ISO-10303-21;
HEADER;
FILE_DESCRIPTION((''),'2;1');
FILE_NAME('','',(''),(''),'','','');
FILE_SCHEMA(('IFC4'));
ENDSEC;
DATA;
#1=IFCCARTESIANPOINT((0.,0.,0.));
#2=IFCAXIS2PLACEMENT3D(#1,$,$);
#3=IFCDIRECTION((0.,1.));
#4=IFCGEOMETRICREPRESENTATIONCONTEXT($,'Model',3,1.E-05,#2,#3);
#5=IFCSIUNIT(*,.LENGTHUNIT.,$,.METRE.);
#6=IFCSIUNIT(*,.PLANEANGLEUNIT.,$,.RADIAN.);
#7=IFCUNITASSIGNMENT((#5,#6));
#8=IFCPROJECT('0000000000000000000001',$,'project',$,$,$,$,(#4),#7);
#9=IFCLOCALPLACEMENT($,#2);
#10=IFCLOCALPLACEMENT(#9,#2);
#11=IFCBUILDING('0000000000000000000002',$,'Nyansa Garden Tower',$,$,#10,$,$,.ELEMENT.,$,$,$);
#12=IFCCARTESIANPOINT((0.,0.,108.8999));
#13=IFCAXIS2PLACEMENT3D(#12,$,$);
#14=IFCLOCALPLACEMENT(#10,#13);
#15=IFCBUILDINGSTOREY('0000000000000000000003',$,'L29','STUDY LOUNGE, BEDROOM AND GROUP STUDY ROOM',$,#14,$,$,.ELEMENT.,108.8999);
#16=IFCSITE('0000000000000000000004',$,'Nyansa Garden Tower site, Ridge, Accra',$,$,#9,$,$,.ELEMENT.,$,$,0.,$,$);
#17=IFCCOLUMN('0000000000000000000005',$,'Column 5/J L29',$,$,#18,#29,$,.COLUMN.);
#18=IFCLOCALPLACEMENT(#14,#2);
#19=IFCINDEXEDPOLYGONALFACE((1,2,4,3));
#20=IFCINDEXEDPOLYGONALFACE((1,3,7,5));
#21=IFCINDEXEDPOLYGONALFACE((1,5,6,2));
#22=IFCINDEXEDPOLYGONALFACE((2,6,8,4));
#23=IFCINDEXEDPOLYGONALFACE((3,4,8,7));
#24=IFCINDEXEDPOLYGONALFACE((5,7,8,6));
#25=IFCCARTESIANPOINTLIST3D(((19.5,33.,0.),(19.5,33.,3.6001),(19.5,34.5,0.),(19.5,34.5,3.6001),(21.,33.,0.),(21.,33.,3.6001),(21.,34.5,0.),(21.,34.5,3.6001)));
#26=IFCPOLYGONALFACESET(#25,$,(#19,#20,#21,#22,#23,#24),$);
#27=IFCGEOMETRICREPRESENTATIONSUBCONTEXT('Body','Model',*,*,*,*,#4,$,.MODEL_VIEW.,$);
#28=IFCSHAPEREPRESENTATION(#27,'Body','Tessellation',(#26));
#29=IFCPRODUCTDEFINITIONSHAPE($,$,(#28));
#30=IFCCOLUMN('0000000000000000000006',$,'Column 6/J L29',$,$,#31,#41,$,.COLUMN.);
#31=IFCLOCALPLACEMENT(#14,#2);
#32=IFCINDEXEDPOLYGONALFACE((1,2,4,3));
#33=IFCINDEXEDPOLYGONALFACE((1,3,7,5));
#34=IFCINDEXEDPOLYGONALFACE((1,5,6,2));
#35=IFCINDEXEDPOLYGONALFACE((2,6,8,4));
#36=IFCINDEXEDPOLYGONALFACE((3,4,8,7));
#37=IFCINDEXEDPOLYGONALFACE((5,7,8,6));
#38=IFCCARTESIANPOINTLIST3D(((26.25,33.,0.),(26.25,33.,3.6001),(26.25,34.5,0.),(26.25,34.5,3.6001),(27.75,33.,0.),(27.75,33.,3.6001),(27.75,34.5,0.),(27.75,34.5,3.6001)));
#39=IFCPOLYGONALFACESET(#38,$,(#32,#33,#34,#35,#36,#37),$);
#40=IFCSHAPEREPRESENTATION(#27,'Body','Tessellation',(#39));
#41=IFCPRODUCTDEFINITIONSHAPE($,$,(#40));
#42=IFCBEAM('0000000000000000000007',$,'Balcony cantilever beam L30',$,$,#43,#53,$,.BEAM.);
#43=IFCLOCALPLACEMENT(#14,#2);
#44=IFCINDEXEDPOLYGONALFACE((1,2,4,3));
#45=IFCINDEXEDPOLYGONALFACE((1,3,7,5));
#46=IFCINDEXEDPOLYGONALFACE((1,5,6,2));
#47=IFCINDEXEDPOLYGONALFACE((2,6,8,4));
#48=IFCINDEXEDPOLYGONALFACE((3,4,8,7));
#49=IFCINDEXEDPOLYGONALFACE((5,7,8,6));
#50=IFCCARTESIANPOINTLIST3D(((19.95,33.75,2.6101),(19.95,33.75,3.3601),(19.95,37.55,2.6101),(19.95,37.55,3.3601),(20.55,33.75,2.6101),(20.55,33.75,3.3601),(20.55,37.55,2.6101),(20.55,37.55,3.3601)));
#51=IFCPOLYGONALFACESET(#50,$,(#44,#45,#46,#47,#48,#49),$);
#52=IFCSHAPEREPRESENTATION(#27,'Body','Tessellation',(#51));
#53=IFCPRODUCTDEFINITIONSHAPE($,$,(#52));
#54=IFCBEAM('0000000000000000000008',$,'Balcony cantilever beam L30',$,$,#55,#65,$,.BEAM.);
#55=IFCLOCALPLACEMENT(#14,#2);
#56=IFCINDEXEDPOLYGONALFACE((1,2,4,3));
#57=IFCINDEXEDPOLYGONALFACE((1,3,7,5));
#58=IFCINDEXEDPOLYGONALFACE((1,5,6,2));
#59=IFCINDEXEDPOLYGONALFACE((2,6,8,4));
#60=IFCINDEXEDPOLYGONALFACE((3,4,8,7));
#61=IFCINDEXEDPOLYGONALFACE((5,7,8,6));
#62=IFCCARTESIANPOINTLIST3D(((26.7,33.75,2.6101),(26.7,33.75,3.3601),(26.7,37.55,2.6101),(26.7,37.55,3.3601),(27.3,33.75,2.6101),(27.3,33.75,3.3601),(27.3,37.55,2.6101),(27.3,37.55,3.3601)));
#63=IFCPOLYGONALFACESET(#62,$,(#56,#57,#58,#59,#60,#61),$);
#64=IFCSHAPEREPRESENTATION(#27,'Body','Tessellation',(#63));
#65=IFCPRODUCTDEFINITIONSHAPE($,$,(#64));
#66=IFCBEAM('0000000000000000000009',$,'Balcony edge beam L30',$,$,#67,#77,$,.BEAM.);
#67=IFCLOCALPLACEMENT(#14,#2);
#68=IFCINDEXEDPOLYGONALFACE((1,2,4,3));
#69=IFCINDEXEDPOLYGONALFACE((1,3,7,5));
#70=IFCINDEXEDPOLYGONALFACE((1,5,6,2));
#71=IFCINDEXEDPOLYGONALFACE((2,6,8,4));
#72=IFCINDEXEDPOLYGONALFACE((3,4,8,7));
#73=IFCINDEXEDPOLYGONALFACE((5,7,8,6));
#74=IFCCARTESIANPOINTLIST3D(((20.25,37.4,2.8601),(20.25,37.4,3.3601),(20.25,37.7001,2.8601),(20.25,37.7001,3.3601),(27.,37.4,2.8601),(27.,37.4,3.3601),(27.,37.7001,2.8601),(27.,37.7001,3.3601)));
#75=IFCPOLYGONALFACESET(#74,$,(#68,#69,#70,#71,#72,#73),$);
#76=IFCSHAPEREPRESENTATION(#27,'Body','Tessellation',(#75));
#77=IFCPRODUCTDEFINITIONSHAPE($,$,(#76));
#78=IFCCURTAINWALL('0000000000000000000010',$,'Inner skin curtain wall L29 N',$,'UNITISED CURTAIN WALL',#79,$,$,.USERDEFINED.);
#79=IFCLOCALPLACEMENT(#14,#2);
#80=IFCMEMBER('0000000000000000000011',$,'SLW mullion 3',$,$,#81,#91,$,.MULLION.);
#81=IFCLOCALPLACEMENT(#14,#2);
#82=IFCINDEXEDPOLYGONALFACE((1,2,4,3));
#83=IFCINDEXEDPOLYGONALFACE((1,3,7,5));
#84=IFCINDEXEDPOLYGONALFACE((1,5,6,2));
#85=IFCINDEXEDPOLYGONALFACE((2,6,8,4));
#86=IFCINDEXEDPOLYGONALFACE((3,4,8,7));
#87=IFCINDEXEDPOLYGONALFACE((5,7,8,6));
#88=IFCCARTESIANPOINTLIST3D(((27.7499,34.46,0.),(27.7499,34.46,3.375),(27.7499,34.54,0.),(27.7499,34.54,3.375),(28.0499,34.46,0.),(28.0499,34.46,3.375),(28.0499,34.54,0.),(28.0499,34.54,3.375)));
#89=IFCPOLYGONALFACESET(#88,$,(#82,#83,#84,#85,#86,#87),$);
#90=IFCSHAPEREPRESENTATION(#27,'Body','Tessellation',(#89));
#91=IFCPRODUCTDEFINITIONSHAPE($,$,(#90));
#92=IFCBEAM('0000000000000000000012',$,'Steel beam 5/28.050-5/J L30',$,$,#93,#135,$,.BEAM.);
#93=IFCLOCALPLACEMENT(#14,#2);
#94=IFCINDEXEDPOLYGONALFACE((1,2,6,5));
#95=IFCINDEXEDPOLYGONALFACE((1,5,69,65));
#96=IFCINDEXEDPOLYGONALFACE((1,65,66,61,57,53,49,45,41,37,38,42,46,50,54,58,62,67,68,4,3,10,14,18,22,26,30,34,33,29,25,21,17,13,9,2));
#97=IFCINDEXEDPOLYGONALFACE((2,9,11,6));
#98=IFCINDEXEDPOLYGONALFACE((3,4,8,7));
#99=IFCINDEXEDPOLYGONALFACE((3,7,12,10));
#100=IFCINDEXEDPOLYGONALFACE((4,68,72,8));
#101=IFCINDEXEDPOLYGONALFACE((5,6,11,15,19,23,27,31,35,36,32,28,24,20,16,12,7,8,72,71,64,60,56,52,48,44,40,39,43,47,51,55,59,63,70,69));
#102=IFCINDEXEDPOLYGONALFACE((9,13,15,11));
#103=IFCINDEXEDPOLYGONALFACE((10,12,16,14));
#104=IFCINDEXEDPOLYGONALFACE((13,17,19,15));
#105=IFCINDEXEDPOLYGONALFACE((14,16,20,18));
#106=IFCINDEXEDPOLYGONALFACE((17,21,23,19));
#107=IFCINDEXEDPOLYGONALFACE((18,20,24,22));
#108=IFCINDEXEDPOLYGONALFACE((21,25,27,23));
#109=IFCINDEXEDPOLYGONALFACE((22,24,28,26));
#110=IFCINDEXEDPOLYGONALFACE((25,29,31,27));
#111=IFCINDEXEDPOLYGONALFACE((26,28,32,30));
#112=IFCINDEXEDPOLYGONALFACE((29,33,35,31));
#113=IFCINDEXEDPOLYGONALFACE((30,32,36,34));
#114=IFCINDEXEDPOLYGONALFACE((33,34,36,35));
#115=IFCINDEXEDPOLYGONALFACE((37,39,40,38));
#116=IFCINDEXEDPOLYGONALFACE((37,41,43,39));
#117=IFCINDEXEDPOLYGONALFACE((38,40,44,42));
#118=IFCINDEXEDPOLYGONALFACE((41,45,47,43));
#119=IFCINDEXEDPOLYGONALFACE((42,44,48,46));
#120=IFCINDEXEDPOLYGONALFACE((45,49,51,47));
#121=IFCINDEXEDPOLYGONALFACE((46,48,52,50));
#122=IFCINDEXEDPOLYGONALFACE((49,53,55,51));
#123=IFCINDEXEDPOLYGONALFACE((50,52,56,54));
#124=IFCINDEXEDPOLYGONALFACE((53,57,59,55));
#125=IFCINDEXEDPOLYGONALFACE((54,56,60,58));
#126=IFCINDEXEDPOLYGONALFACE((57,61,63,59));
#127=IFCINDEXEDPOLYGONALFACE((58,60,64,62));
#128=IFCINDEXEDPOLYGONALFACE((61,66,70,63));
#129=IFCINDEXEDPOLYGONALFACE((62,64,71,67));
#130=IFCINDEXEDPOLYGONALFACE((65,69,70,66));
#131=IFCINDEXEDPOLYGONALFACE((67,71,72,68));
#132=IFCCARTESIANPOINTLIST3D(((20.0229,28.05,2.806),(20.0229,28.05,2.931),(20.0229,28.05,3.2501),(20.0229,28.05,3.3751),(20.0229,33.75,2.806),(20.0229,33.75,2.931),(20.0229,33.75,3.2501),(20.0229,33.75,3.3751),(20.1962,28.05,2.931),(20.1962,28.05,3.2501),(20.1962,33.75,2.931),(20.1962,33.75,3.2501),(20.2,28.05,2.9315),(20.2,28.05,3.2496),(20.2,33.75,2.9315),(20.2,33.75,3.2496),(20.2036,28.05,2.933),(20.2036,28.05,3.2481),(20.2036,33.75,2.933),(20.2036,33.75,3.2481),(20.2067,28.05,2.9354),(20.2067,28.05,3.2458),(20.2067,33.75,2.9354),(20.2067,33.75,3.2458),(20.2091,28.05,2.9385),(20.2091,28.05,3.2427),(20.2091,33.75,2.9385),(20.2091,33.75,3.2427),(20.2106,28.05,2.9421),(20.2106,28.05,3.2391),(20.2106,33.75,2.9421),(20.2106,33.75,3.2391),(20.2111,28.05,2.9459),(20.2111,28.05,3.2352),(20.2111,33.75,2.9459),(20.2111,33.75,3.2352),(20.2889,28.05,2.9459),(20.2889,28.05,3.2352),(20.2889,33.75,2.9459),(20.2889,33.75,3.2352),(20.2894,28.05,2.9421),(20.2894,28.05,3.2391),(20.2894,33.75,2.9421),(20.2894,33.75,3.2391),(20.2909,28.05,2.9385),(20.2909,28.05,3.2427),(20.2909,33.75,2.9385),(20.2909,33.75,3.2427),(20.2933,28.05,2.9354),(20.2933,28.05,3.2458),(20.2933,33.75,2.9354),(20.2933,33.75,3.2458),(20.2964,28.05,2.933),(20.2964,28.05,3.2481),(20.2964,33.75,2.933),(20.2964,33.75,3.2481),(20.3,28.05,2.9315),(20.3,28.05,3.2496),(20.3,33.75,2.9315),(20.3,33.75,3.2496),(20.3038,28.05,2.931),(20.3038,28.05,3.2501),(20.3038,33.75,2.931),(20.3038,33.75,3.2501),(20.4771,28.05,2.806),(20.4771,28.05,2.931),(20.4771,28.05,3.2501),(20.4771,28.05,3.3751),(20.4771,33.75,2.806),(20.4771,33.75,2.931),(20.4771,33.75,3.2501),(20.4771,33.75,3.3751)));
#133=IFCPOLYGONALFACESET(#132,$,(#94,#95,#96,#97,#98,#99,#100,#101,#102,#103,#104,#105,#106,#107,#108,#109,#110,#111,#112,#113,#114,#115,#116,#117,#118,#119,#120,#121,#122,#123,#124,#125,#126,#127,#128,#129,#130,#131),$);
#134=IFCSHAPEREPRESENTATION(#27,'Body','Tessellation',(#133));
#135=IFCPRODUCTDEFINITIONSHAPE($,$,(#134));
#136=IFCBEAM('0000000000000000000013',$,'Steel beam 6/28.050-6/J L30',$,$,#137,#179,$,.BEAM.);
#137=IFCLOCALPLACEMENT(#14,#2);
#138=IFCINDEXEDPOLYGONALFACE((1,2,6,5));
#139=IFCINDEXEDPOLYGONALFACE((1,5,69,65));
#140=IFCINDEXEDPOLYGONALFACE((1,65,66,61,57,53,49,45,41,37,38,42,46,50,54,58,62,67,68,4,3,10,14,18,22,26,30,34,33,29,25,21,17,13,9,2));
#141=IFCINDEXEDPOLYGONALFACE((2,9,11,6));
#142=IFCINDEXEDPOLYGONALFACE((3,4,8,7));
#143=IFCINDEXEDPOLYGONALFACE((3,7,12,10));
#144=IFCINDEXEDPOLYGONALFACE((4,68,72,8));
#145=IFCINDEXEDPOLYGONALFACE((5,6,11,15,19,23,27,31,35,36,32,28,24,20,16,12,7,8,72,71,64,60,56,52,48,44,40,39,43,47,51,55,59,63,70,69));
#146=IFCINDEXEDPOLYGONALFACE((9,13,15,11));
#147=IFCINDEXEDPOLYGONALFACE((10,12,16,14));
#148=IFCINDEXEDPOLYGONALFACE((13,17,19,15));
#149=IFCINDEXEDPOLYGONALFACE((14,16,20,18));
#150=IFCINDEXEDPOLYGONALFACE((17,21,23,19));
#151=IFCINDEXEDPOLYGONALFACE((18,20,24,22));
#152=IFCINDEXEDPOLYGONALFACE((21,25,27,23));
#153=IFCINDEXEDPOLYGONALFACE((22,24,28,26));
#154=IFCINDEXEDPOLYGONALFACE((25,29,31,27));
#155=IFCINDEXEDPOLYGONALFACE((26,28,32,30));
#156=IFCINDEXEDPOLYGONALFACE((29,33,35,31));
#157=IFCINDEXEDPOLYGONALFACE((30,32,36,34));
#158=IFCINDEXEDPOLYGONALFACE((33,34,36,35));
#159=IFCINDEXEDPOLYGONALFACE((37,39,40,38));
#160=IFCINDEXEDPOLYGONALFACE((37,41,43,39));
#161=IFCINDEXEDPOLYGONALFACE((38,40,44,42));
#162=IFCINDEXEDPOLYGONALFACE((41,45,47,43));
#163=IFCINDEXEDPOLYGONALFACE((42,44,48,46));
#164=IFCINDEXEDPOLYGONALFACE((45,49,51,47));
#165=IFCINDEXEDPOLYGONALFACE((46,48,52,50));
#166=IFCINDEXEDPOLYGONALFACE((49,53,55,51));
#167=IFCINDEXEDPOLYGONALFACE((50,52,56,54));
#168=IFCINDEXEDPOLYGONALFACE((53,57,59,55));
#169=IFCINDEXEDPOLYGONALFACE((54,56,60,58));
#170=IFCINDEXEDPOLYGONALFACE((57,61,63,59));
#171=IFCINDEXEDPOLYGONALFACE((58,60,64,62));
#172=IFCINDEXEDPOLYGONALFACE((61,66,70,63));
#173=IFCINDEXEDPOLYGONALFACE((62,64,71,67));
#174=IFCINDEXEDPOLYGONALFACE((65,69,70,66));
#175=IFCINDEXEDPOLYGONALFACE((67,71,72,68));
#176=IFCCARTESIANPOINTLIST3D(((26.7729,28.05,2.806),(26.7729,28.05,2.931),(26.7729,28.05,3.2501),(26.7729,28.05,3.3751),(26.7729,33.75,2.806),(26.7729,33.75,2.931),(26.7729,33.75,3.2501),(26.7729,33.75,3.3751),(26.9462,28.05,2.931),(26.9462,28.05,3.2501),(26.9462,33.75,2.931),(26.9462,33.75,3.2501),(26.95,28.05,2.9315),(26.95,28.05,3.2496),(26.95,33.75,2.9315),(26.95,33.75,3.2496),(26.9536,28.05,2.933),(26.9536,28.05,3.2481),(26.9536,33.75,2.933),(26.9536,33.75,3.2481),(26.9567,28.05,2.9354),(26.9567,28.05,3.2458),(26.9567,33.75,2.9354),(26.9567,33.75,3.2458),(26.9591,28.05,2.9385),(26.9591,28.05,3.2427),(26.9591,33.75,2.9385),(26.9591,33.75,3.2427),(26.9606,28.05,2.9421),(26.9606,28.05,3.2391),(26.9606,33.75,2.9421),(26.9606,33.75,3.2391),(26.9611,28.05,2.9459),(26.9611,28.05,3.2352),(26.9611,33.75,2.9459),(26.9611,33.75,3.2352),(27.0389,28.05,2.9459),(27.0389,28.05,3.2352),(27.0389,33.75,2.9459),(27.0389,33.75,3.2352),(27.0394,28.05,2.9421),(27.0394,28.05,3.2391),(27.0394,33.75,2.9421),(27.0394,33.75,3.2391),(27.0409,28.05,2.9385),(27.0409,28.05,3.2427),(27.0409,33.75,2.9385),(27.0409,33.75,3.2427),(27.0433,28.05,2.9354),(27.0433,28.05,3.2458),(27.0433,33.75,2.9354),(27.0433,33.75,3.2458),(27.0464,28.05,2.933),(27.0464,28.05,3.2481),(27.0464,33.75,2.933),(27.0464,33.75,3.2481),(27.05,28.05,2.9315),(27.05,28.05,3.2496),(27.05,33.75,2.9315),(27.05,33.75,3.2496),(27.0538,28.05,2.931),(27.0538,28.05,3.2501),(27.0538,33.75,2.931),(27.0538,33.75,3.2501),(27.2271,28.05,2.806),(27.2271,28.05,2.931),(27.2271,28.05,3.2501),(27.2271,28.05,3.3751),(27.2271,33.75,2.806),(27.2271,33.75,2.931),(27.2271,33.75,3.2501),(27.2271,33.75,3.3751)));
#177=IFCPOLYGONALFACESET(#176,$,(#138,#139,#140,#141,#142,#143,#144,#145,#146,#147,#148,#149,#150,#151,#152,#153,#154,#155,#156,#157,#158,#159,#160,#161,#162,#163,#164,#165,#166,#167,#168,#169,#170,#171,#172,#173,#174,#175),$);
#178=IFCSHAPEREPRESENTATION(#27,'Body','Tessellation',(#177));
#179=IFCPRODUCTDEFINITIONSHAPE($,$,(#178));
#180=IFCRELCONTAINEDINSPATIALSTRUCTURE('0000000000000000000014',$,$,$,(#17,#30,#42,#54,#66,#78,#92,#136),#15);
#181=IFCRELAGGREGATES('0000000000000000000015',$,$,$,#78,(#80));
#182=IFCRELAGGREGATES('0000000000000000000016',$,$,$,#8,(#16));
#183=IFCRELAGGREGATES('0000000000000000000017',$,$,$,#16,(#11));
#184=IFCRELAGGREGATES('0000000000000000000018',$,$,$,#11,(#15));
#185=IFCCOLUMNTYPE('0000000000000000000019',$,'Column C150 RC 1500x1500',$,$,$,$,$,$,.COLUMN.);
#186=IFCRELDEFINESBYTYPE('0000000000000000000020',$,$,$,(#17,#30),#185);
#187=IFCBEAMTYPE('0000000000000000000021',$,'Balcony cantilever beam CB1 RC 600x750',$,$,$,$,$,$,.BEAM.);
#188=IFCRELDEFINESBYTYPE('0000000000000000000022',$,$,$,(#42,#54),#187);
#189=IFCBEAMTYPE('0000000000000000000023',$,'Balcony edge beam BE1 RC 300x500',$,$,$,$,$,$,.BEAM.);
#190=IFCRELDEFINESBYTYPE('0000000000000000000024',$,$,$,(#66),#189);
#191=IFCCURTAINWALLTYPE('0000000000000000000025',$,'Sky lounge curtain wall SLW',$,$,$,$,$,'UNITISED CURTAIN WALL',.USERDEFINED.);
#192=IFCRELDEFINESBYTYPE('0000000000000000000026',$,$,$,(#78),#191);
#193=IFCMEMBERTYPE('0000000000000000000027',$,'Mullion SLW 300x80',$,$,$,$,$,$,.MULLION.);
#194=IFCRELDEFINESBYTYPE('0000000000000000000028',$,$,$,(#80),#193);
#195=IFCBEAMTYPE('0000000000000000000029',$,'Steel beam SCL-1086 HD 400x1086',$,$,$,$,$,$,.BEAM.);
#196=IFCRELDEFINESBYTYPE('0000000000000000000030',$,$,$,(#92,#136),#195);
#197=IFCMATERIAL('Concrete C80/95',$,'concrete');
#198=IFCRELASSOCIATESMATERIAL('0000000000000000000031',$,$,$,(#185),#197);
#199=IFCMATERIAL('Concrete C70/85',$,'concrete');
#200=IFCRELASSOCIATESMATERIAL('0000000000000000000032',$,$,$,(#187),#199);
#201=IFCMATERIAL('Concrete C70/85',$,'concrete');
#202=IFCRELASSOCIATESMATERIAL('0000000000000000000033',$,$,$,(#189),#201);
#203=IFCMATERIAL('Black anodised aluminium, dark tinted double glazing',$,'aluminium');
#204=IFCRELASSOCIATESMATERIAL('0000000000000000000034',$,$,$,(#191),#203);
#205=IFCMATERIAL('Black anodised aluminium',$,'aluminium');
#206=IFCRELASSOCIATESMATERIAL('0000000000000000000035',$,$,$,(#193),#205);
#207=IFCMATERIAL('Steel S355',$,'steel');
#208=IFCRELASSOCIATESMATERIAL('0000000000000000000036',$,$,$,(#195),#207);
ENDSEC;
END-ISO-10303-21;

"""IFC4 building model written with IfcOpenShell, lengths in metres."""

from ifc_helpers import new_model, si_unit, direction, frame, origin, origin_2d, place, context, subcontext, project, spatial, rectangle, i_section, extrude, material, material_profile, profile_set, type_object, element, aggregate, save


model = new_model("IFC4")

# Units and contexts
model_context = context("Model", 3, precision=1e-05, world=origin(), true_north=direction((0.0, 1.0)))
body_context = subcontext(model_context, "Body", "Model", "MODEL_VIEW")
ifc_project = project(units=[si_unit("LENGTHUNIT", "METRE"), si_unit("PLANEANGLEUNIT", "RADIAN")], contexts=[model_context])

# Site, building, storey
site_placement = place(None, origin())
site = spatial("IfcSite", under=ifc_project, at=site_placement, Name="Nyansa Garden Tower site, Ridge, Accra", CompositionType="ELEMENT", RefElevation=0.0)
building_placement = place(site_placement, origin())
building = spatial("IfcBuilding", under=site, at=building_placement, Name="Nyansa Garden Tower", CompositionType="ELEMENT")
storey_placement = place(building_placement, frame((0.0, 0.0, 108.8999)))
storey = spatial("IfcBuildingStorey", under=building, at=storey_placement, Name="L29", Description="STUDY LOUNGE, BEDROOM AND GROUP STUDY ROOM", CompositionType="ELEMENT", Elevation=108.8999)

# Columns
ifc_material_1 = material(Name="Concrete C80/95", Category="concrete")
ifc_material_profile_1 = material_profile(ifc_material_1, rectangle(XDim=1.5, YDim=1.5, at=origin_2d()), Name="RC 1500x1500")
ifc_profile_set_1 = profile_set([ifc_material_profile_1], Name="Concrete C80/95")
column_type = type_object("IfcColumnType", Name="Column C150 RC 1500x1500", PredefinedType="COLUMN", material=ifc_profile_set_1)
for number, where, z_axis, x_axis, name in (
    (1, (20.25, 33.75, 0.0), (0.0, 0.0, 1.0), (1.0, 0.0, 0.0), "Column 5/J L29"),
    (2, (27.0, 33.75, 0.0), (0.0, 0.0, 1.0), (1.0, 0.0, 0.0), "Column 6/J L29"),
):
    element("IfcColumn", number, at=place(storey_placement, frame(where, z_axis=z_axis, x_axis=x_axis)), inside=storey, type_object=column_type, Name=name, PredefinedType="COLUMN", context=body_context, shape_type="SweptSolid", body=[
        extrude(rectangle(XDim=1.5, YDim=1.5, at=origin_2d()), origin(), (0.0, 0.0, 1.0), 3.6001),
    ])

# Beams
ifc_material_2 = material(Name="Concrete C70/85", Category="concrete")
ifc_material_profile_2 = material_profile(ifc_material_2, rectangle(XDim=0.6001, YDim=0.75, at=origin_2d()), Name="RC 600x750")
ifc_profile_set_2 = profile_set([ifc_material_profile_2], Name="Concrete C70/85")
beam_type_1 = type_object("IfcBeamType", Name="Balcony cantilever beam CB1 RC 600x750", PredefinedType="BEAM", material=ifc_profile_set_2)
for number, where, z_axis, x_axis, name in (
    (3, (20.25, 33.75, 2.9851), (0.0, 1.0, 0.0), (-1.0, 0.0, 0.0), "Balcony cantilever beam L30"),
    (4, (27.0, 33.75, 2.9851), (0.0, 1.0, 0.0), (-1.0, 0.0, 0.0), "Balcony cantilever beam L30"),
):
    element("IfcBeam", number, at=place(storey_placement, frame(where, z_axis=z_axis, x_axis=x_axis)), inside=storey, type_object=beam_type_1, Name=name, PredefinedType="BEAM", context=body_context, shape_type="SweptSolid", body=[
        extrude(rectangle(XDim=0.6001, YDim=0.75, at=origin_2d()), origin(), (0.0, 0.0, 1.0), 3.8),
    ])
ifc_material_3 = material(Name="Concrete C70/85", Category="concrete")
ifc_material_profile_3 = material_profile(ifc_material_3, rectangle(XDim=0.3, YDim=0.5, at=origin_2d()), Name="RC 300x500")
ifc_profile_set_3 = profile_set([ifc_material_profile_3], Name="Concrete C70/85")
beam_type_2 = type_object("IfcBeamType", Name="Balcony edge beam BE1 RC 300x500", PredefinedType="BEAM", material=ifc_profile_set_3)
beam_placement = place(storey_placement, frame((20.25, 37.55, 3.1101), z_axis=(1.0, 0.0, 0.0), x_axis=(0.0, 1.0, 0.0)))
element("IfcBeam", 5, at=beam_placement, inside=storey, type_object=beam_type_2, Name="Balcony edge beam L30", PredefinedType="BEAM", context=body_context, shape_type="SweptSolid", body=[
    extrude(rectangle(XDim=0.3, YDim=0.5, at=origin_2d()), origin(), (0.0, 0.0, 1.0), 6.75),
])

# Curtain wall, member
ifc_material_4 = material(Name="Black anodised aluminium, dark tinted double glazing", Category="aluminium")
curtain_wall_type = type_object("IfcCurtainWallType", Name="Sky lounge curtain wall SLW", ElementType="UNITISED CURTAIN WALL", PredefinedType="USERDEFINED", material=ifc_material_4)
curtain_wall_placement = place(storey_placement, origin())
curtain_wall = element("IfcCurtainWall", 6, at=curtain_wall_placement, inside=storey, type_object=curtain_wall_type, Name="Inner skin curtain wall L29 N", ObjectType="UNITISED CURTAIN WALL", PredefinedType="USERDEFINED")
ifc_material_5 = material(Name="Black anodised aluminium", Category="aluminium")
ifc_material_profile_4 = material_profile(ifc_material_5, rectangle(XDim=0.0801, YDim=0.3, at=origin_2d()), Name="Mullion 300x80")
ifc_profile_set_4 = profile_set([ifc_material_profile_4], Name="Black anodised aluminium")
member_type = type_object("IfcMemberType", Name="Mullion SLW 300x80", PredefinedType="MULLION", material=ifc_profile_set_4)
member_placement = place(storey_placement, frame((27.8999, 34.5, 0.0), z_axis=(0.0, 0.0, 1.0), x_axis=(0.0, -1.0, 0.0)))
member = element("IfcMember", 7, at=member_placement, type_object=member_type, Name="SLW mullion 3", PredefinedType="MULLION", context=body_context, shape_type="SweptSolid", body=[
    extrude(rectangle(XDim=0.0801, YDim=0.3, at=origin_2d()), origin(), (0.0, 0.0, 1.0), 3.375),
])

# Beams
ifc_material_6 = material(Name="Steel S355", Category="steel")
ifc_material_profile_5 = material_profile(ifc_material_6, i_section(OverallWidth=0.4541, OverallDepth=0.5691, WebThickness=0.0779, FlangeThickness=0.125, FilletRadius=0.0149, at=origin_2d()), Name="HD 400x1086")
ifc_profile_set_5 = profile_set([ifc_material_profile_5], Name="Steel S355")
beam_type_3 = type_object("IfcBeamType", Name="Steel beam SCL-1086 HD 400x1086", PredefinedType="BEAM", material=ifc_profile_set_5)
for number, where, z_axis, x_axis, name in (
    (8, (20.25, 28.05, 3.0906), (0.0, 1.0, 0.0), (-1.0, 0.0, 0.0), "Steel beam 5/28.050-5/J L30"),
    (9, (27.0, 28.05, 3.0906), (0.0, 1.0, 0.0), (-1.0, 0.0, 0.0), "Steel beam 6/28.050-6/J L30"),
):
    element("IfcBeam", number, at=place(storey_placement, frame(where, z_axis=z_axis, x_axis=x_axis)), inside=storey, type_object=beam_type_3, Name=name, PredefinedType="BEAM", context=body_context, shape_type="SweptSolid", body=[
        extrude(i_section(OverallWidth=0.4541, OverallDepth=0.5691, WebThickness=0.0779, FlangeThickness=0.125, FilletRadius=0.0149, at=origin_2d()), origin(), (0.0, 0.0, 1.0), 5.7),
    ])

aggregate(curtain_wall, [member])

save(model, "model.ifc")
